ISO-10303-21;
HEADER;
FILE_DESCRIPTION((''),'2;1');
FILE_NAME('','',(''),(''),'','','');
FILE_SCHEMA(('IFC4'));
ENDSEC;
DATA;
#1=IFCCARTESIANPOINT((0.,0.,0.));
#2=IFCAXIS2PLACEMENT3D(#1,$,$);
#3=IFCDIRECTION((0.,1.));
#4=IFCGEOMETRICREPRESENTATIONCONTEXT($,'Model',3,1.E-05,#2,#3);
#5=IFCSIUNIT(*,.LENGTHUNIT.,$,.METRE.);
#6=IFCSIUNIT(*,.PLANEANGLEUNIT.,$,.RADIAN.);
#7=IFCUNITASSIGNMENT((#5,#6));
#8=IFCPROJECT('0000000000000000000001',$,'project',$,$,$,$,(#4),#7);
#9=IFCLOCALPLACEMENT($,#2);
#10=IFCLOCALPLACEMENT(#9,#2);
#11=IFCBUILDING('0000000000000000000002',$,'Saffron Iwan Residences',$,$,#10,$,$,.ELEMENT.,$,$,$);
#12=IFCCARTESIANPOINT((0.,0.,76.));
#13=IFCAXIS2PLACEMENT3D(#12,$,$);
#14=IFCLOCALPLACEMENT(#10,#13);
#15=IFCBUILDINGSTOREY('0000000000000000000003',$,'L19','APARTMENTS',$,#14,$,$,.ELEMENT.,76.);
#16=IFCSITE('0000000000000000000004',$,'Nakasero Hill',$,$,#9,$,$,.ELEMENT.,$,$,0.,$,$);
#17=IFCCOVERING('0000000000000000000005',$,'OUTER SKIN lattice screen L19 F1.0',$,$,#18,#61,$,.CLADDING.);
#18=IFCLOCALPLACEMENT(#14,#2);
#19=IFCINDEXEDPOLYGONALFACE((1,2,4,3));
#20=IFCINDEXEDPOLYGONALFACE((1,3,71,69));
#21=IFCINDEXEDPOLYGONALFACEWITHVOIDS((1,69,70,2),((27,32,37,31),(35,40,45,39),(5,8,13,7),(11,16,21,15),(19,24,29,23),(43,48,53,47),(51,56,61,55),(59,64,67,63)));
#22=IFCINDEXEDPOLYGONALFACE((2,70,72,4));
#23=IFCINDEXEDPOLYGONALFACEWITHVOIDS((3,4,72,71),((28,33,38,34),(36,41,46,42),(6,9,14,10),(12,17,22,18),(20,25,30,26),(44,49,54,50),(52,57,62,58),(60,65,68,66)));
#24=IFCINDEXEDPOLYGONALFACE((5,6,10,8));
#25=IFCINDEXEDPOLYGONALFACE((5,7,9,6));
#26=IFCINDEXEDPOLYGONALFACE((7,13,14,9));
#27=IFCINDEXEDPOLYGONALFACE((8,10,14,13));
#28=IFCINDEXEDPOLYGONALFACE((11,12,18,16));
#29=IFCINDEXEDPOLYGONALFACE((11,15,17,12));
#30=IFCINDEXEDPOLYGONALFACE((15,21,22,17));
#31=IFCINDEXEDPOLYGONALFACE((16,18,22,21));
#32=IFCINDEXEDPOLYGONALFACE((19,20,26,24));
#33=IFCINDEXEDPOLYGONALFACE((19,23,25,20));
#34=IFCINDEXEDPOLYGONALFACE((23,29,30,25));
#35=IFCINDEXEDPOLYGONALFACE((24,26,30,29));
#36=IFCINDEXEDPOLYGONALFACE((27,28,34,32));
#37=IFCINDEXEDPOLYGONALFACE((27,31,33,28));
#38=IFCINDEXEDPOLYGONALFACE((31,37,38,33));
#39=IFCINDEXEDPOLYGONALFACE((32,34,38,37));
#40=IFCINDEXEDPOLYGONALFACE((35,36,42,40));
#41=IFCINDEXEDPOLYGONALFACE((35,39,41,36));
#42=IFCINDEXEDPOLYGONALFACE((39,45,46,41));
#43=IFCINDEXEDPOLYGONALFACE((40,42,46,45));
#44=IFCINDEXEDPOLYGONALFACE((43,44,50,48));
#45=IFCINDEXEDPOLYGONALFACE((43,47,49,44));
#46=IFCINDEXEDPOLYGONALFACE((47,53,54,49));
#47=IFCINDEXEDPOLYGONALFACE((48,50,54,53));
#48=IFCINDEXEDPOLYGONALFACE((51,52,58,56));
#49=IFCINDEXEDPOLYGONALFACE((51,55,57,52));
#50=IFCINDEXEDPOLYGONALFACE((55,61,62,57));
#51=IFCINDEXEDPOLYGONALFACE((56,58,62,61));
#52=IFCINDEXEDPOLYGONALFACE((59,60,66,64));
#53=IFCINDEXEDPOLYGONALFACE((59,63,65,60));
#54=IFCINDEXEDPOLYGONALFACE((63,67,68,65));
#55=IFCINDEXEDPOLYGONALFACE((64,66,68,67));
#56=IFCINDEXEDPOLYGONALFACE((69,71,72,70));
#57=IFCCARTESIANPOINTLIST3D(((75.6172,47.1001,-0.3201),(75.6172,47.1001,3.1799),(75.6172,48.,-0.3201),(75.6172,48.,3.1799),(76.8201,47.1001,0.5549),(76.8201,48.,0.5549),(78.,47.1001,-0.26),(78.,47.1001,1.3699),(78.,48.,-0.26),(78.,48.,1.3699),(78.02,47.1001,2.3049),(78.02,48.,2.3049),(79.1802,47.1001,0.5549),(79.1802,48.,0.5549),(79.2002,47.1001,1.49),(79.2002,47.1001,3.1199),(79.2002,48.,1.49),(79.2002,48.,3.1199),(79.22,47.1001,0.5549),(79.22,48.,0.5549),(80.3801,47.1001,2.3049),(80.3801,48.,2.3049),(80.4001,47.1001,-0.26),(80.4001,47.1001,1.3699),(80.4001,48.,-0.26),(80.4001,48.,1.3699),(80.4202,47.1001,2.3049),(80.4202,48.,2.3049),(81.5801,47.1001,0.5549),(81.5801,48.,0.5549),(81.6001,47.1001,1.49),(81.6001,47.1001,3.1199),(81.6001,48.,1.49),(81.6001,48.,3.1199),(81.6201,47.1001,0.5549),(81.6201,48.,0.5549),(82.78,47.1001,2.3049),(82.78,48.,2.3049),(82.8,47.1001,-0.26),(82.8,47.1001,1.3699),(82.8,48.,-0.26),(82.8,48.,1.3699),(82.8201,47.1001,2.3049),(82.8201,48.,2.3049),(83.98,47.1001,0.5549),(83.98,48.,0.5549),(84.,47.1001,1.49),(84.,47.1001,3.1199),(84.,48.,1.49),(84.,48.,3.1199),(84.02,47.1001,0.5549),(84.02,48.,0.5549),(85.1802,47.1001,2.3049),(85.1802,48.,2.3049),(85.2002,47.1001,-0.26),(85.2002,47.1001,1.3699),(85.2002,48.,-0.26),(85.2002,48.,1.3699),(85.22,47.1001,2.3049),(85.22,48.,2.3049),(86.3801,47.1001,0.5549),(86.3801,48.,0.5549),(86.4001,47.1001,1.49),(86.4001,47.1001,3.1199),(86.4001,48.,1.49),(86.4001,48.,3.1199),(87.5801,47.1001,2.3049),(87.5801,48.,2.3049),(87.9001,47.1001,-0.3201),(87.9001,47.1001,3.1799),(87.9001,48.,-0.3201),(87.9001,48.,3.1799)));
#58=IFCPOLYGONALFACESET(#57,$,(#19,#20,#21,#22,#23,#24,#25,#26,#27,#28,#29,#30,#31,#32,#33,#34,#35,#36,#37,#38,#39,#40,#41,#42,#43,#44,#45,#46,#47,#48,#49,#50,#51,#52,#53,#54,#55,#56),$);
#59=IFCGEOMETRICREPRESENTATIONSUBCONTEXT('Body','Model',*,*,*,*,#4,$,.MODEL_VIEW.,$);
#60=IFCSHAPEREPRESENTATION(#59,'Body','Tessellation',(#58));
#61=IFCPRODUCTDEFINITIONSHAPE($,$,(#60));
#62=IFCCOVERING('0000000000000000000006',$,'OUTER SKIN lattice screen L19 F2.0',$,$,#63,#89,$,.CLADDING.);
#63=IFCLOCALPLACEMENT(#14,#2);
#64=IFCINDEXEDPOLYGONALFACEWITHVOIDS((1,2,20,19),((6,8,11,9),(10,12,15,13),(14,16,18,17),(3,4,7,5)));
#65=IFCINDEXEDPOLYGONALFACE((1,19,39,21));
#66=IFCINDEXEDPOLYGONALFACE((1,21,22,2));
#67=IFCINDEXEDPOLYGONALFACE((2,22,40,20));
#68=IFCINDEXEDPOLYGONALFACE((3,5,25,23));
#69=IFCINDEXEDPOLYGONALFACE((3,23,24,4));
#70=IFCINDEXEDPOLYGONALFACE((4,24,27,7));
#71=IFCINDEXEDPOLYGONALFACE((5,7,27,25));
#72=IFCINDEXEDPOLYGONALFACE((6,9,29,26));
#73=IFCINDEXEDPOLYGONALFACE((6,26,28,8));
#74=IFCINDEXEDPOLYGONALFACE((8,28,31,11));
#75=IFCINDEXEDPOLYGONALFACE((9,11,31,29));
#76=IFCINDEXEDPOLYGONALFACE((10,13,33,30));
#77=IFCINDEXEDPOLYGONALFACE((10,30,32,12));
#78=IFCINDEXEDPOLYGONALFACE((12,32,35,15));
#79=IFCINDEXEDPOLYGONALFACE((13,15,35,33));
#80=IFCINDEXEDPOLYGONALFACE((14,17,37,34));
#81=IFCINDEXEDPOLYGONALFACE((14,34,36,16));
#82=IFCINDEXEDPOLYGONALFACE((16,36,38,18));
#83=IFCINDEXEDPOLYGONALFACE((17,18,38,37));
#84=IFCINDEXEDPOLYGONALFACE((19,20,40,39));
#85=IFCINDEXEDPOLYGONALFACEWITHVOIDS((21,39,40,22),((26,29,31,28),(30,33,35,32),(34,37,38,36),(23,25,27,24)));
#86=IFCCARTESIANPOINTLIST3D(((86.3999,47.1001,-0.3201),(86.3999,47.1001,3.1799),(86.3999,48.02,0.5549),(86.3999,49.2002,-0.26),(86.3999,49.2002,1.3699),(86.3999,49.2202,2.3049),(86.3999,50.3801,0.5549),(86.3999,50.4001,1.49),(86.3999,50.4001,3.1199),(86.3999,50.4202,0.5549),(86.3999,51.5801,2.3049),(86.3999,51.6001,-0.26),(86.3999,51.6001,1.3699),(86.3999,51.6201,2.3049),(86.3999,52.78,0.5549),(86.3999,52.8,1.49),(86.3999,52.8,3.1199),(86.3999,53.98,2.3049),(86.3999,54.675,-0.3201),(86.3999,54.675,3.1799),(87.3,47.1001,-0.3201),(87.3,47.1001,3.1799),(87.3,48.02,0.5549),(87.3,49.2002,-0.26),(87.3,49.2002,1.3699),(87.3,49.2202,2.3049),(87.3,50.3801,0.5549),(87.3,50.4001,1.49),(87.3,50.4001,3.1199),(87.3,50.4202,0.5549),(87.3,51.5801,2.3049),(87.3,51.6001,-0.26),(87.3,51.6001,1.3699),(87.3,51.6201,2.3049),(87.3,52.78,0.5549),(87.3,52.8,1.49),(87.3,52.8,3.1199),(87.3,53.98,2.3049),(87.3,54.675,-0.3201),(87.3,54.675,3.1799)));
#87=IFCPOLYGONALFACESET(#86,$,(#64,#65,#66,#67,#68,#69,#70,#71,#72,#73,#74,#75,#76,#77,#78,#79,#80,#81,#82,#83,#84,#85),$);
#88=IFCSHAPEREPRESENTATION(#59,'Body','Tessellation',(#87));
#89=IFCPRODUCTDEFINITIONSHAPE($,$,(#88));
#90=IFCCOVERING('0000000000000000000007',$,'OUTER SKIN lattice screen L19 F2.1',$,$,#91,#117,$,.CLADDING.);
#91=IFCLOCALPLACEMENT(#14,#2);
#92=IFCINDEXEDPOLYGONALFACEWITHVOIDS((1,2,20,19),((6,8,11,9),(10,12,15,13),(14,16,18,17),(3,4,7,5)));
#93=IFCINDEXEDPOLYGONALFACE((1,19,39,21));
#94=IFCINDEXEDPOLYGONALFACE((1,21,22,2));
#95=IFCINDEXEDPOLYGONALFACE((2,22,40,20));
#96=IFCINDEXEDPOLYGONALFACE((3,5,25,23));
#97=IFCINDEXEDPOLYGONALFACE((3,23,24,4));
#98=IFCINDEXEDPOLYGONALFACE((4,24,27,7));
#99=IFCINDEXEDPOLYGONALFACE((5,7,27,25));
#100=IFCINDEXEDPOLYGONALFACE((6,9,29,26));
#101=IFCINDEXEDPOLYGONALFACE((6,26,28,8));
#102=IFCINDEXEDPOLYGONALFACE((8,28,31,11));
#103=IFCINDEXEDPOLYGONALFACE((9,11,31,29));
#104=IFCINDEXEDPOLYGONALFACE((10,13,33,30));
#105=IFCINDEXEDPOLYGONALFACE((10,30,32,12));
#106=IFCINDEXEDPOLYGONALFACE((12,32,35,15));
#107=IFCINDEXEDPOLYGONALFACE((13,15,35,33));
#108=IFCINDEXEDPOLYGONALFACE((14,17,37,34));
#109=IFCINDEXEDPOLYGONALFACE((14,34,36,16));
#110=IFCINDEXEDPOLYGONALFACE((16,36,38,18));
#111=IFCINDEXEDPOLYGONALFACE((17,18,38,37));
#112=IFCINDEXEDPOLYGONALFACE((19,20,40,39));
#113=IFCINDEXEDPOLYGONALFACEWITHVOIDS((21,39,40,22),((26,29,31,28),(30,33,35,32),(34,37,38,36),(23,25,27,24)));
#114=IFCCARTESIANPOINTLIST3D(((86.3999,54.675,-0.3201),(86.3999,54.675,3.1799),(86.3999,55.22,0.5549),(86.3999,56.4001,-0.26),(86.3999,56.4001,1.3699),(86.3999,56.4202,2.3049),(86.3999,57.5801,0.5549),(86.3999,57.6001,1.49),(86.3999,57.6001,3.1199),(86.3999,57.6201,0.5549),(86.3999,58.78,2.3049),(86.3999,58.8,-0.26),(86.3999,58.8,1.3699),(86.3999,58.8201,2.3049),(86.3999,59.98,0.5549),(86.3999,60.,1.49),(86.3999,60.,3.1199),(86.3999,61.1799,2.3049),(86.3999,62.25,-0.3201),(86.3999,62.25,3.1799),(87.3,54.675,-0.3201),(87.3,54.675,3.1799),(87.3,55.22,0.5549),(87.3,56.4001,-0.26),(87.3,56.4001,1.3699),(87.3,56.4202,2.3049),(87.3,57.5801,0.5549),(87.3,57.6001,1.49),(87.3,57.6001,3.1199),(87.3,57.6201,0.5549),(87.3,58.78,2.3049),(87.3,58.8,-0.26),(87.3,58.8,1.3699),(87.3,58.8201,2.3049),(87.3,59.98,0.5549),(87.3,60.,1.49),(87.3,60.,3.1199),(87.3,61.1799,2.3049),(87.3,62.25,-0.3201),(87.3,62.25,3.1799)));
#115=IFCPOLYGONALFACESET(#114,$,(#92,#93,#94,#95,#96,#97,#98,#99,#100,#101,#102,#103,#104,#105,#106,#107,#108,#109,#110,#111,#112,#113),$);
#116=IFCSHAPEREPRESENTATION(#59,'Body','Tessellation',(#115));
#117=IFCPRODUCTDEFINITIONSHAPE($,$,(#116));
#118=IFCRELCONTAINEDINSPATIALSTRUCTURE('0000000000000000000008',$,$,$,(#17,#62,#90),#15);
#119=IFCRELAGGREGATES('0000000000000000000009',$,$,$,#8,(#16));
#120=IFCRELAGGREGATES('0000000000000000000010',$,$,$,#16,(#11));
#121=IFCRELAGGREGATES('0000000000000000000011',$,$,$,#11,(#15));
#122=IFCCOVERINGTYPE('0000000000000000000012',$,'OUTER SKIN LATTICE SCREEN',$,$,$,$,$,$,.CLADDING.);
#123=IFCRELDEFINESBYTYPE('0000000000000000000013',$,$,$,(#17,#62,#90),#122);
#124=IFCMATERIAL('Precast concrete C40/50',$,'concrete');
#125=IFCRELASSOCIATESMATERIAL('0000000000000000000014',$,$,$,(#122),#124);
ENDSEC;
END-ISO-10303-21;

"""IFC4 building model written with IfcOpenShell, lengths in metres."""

from ifc_helpers import new_model, si_unit, direction, frame, origin, place, context, subcontext, project, spatial, polyline, outline, extrude, material, type_object, element, save


model = new_model("IFC4")

# Units and contexts
model_context = context("Model", 3, precision=1e-05, world=origin(), true_north=direction((0.0, 1.0)))
body_context = subcontext(model_context, "Body", "Model", "MODEL_VIEW")
ifc_project = project(units=[si_unit("LENGTHUNIT", "METRE"), si_unit("PLANEANGLEUNIT", "RADIAN")], contexts=[model_context])

# Site, building, storey
site_placement = place(None, origin())
site = spatial("IfcSite", under=ifc_project, at=site_placement, Name="Nakasero Hill", CompositionType="ELEMENT", RefElevation=0.0)
building_placement = place(site_placement, origin())
building = spatial("IfcBuilding", under=site, at=building_placement, Name="Saffron Iwan Residences", CompositionType="ELEMENT")
storey_placement = place(building_placement, frame((0.0, 0.0, 76.0)))
storey = spatial("IfcBuildingStorey", under=building, at=storey_placement, Name="L19", Description="APARTMENTS", CompositionType="ELEMENT", Elevation=76.0)

# Coverings
ifc_material_1 = material(Name="Precast concrete C40/50", Category="concrete")
covering_type = type_object("IfcCoveringType", Name="OUTER SKIN LATTICE SCREEN", PredefinedType="CLADDING", material=ifc_material_1)
covering_1_placement = place(storey_placement, frame((75.6172, 48.0, -0.3201), z_axis=(0.0, -1.0, 0.0), x_axis=(1.0, 0.0, 0.0)))
element("IfcCovering", 1, at=covering_1_placement, inside=storey, type_object=covering_type, Name="OUTER SKIN lattice screen L19 F1.0", PredefinedType="CLADDING", context=body_context, shape_type="SweptSolid", body=[
    extrude(outline(polyline([(0.0, 0.0), (12.283, 0.0), (12.283, 3.5), (0.0, 3.5), (0.0, 0.0)]), holes=[polyline([(1.2029, 0.875), (2.3828, 0.0601), (3.563, 0.875), (2.3828, 1.6899), (1.2029, 0.875)]), polyline([(3.6028, 0.875), (4.783, 0.0601), (5.9629, 0.875), (4.783, 1.6899), (3.6028, 0.875)]), polyline([(6.0029, 0.875), (7.1829, 0.0601), (8.3628, 0.875), (7.1829, 1.6899), (6.0029, 0.875)]), polyline([(8.4028, 0.875), (9.583, 0.0601), (10.7629, 0.875), (9.583, 1.6899), (8.4028, 0.875)]), polyline([(2.4028, 2.625), (3.583, 1.8101), (4.7629, 2.625), (3.583, 3.4399), (2.4028, 2.625)]), polyline([(4.803, 2.625), (5.9829, 1.8101), (7.1628, 2.625), (5.9829, 3.4399), (4.803, 2.625)]), polyline([(7.2029, 2.625), (8.3828, 1.8101), (9.563, 2.625), (8.3828, 3.4399), (7.2029, 2.625)]), polyline([(9.6028, 2.625), (10.783, 1.8101), (11.9629, 2.625), (10.783, 3.4399), (9.6028, 2.625)])]), origin(), (0.0, 0.0, 1.0), 0.8999),
])
covering_2_placement = place(storey_placement, frame((86.3999, 47.1001, -0.3201), z_axis=(1.0, 0.0, 0.0), x_axis=(0.0, 1.0, 0.0)))
element("IfcCovering", 2, at=covering_2_placement, inside=storey, type_object=covering_type, Name="OUTER SKIN lattice screen L19 F2.0", PredefinedType="CLADDING", context=body_context, shape_type="SweptSolid", body=[
    extrude(outline(polyline([(0.0, 0.0), (7.575, 0.0), (7.575, 3.5), (0.0, 3.5), (0.0, 0.0)]), holes=[polyline([(0.9199, 0.875), (2.1001, 0.0601), (3.28, 0.875), (2.1001, 1.6899), (0.9199, 0.875)]), polyline([(3.3201, 0.875), (4.5, 0.0601), (5.6799, 0.875), (4.5, 1.6899), (3.3201, 0.875)]), polyline([(2.1201, 2.625), (3.3, 1.8101), (4.48, 2.625), (3.3, 3.4399), (2.1201, 2.625)]), polyline([(4.52, 2.625), (5.7, 1.8101), (6.8799, 2.625), (5.7, 3.4399), (4.52, 2.625)])]), origin(), (0.0, 0.0, 1.0), 0.9001),
])
covering_3_placement = place(storey_placement, frame((86.3999, 54.675, -0.3201), z_axis=(1.0, 0.0, 0.0), x_axis=(0.0, 1.0, 0.0)))
element("IfcCovering", 3, at=covering_3_placement, inside=storey, type_object=covering_type, Name="OUTER SKIN lattice screen L19 F2.1", PredefinedType="CLADDING", context=body_context, shape_type="SweptSolid", body=[
    extrude(outline(polyline([(0.0, 0.0), (7.575, 0.0), (7.575, 3.5), (0.0, 3.5), (0.0, 0.0)]), holes=[polyline([(0.5449, 0.875), (1.7251, 0.0601), (2.905, 0.875), (1.7251, 1.6899), (0.5449, 0.875)]), polyline([(2.9451, 0.875), (4.125, 0.0601), (5.3049, 0.875), (4.125, 1.6899), (2.9451, 0.875)]), polyline([(1.7451, 2.625), (2.925, 1.8101), (4.105, 2.625), (2.925, 3.4399), (1.7451, 2.625)]), polyline([(4.145, 2.625), (5.325, 1.8101), (6.5049, 2.625), (5.325, 3.4399), (4.145, 2.625)])]), origin(), (0.0, 0.0, 1.0), 0.9001),
])

save(model, "model.ifc")
